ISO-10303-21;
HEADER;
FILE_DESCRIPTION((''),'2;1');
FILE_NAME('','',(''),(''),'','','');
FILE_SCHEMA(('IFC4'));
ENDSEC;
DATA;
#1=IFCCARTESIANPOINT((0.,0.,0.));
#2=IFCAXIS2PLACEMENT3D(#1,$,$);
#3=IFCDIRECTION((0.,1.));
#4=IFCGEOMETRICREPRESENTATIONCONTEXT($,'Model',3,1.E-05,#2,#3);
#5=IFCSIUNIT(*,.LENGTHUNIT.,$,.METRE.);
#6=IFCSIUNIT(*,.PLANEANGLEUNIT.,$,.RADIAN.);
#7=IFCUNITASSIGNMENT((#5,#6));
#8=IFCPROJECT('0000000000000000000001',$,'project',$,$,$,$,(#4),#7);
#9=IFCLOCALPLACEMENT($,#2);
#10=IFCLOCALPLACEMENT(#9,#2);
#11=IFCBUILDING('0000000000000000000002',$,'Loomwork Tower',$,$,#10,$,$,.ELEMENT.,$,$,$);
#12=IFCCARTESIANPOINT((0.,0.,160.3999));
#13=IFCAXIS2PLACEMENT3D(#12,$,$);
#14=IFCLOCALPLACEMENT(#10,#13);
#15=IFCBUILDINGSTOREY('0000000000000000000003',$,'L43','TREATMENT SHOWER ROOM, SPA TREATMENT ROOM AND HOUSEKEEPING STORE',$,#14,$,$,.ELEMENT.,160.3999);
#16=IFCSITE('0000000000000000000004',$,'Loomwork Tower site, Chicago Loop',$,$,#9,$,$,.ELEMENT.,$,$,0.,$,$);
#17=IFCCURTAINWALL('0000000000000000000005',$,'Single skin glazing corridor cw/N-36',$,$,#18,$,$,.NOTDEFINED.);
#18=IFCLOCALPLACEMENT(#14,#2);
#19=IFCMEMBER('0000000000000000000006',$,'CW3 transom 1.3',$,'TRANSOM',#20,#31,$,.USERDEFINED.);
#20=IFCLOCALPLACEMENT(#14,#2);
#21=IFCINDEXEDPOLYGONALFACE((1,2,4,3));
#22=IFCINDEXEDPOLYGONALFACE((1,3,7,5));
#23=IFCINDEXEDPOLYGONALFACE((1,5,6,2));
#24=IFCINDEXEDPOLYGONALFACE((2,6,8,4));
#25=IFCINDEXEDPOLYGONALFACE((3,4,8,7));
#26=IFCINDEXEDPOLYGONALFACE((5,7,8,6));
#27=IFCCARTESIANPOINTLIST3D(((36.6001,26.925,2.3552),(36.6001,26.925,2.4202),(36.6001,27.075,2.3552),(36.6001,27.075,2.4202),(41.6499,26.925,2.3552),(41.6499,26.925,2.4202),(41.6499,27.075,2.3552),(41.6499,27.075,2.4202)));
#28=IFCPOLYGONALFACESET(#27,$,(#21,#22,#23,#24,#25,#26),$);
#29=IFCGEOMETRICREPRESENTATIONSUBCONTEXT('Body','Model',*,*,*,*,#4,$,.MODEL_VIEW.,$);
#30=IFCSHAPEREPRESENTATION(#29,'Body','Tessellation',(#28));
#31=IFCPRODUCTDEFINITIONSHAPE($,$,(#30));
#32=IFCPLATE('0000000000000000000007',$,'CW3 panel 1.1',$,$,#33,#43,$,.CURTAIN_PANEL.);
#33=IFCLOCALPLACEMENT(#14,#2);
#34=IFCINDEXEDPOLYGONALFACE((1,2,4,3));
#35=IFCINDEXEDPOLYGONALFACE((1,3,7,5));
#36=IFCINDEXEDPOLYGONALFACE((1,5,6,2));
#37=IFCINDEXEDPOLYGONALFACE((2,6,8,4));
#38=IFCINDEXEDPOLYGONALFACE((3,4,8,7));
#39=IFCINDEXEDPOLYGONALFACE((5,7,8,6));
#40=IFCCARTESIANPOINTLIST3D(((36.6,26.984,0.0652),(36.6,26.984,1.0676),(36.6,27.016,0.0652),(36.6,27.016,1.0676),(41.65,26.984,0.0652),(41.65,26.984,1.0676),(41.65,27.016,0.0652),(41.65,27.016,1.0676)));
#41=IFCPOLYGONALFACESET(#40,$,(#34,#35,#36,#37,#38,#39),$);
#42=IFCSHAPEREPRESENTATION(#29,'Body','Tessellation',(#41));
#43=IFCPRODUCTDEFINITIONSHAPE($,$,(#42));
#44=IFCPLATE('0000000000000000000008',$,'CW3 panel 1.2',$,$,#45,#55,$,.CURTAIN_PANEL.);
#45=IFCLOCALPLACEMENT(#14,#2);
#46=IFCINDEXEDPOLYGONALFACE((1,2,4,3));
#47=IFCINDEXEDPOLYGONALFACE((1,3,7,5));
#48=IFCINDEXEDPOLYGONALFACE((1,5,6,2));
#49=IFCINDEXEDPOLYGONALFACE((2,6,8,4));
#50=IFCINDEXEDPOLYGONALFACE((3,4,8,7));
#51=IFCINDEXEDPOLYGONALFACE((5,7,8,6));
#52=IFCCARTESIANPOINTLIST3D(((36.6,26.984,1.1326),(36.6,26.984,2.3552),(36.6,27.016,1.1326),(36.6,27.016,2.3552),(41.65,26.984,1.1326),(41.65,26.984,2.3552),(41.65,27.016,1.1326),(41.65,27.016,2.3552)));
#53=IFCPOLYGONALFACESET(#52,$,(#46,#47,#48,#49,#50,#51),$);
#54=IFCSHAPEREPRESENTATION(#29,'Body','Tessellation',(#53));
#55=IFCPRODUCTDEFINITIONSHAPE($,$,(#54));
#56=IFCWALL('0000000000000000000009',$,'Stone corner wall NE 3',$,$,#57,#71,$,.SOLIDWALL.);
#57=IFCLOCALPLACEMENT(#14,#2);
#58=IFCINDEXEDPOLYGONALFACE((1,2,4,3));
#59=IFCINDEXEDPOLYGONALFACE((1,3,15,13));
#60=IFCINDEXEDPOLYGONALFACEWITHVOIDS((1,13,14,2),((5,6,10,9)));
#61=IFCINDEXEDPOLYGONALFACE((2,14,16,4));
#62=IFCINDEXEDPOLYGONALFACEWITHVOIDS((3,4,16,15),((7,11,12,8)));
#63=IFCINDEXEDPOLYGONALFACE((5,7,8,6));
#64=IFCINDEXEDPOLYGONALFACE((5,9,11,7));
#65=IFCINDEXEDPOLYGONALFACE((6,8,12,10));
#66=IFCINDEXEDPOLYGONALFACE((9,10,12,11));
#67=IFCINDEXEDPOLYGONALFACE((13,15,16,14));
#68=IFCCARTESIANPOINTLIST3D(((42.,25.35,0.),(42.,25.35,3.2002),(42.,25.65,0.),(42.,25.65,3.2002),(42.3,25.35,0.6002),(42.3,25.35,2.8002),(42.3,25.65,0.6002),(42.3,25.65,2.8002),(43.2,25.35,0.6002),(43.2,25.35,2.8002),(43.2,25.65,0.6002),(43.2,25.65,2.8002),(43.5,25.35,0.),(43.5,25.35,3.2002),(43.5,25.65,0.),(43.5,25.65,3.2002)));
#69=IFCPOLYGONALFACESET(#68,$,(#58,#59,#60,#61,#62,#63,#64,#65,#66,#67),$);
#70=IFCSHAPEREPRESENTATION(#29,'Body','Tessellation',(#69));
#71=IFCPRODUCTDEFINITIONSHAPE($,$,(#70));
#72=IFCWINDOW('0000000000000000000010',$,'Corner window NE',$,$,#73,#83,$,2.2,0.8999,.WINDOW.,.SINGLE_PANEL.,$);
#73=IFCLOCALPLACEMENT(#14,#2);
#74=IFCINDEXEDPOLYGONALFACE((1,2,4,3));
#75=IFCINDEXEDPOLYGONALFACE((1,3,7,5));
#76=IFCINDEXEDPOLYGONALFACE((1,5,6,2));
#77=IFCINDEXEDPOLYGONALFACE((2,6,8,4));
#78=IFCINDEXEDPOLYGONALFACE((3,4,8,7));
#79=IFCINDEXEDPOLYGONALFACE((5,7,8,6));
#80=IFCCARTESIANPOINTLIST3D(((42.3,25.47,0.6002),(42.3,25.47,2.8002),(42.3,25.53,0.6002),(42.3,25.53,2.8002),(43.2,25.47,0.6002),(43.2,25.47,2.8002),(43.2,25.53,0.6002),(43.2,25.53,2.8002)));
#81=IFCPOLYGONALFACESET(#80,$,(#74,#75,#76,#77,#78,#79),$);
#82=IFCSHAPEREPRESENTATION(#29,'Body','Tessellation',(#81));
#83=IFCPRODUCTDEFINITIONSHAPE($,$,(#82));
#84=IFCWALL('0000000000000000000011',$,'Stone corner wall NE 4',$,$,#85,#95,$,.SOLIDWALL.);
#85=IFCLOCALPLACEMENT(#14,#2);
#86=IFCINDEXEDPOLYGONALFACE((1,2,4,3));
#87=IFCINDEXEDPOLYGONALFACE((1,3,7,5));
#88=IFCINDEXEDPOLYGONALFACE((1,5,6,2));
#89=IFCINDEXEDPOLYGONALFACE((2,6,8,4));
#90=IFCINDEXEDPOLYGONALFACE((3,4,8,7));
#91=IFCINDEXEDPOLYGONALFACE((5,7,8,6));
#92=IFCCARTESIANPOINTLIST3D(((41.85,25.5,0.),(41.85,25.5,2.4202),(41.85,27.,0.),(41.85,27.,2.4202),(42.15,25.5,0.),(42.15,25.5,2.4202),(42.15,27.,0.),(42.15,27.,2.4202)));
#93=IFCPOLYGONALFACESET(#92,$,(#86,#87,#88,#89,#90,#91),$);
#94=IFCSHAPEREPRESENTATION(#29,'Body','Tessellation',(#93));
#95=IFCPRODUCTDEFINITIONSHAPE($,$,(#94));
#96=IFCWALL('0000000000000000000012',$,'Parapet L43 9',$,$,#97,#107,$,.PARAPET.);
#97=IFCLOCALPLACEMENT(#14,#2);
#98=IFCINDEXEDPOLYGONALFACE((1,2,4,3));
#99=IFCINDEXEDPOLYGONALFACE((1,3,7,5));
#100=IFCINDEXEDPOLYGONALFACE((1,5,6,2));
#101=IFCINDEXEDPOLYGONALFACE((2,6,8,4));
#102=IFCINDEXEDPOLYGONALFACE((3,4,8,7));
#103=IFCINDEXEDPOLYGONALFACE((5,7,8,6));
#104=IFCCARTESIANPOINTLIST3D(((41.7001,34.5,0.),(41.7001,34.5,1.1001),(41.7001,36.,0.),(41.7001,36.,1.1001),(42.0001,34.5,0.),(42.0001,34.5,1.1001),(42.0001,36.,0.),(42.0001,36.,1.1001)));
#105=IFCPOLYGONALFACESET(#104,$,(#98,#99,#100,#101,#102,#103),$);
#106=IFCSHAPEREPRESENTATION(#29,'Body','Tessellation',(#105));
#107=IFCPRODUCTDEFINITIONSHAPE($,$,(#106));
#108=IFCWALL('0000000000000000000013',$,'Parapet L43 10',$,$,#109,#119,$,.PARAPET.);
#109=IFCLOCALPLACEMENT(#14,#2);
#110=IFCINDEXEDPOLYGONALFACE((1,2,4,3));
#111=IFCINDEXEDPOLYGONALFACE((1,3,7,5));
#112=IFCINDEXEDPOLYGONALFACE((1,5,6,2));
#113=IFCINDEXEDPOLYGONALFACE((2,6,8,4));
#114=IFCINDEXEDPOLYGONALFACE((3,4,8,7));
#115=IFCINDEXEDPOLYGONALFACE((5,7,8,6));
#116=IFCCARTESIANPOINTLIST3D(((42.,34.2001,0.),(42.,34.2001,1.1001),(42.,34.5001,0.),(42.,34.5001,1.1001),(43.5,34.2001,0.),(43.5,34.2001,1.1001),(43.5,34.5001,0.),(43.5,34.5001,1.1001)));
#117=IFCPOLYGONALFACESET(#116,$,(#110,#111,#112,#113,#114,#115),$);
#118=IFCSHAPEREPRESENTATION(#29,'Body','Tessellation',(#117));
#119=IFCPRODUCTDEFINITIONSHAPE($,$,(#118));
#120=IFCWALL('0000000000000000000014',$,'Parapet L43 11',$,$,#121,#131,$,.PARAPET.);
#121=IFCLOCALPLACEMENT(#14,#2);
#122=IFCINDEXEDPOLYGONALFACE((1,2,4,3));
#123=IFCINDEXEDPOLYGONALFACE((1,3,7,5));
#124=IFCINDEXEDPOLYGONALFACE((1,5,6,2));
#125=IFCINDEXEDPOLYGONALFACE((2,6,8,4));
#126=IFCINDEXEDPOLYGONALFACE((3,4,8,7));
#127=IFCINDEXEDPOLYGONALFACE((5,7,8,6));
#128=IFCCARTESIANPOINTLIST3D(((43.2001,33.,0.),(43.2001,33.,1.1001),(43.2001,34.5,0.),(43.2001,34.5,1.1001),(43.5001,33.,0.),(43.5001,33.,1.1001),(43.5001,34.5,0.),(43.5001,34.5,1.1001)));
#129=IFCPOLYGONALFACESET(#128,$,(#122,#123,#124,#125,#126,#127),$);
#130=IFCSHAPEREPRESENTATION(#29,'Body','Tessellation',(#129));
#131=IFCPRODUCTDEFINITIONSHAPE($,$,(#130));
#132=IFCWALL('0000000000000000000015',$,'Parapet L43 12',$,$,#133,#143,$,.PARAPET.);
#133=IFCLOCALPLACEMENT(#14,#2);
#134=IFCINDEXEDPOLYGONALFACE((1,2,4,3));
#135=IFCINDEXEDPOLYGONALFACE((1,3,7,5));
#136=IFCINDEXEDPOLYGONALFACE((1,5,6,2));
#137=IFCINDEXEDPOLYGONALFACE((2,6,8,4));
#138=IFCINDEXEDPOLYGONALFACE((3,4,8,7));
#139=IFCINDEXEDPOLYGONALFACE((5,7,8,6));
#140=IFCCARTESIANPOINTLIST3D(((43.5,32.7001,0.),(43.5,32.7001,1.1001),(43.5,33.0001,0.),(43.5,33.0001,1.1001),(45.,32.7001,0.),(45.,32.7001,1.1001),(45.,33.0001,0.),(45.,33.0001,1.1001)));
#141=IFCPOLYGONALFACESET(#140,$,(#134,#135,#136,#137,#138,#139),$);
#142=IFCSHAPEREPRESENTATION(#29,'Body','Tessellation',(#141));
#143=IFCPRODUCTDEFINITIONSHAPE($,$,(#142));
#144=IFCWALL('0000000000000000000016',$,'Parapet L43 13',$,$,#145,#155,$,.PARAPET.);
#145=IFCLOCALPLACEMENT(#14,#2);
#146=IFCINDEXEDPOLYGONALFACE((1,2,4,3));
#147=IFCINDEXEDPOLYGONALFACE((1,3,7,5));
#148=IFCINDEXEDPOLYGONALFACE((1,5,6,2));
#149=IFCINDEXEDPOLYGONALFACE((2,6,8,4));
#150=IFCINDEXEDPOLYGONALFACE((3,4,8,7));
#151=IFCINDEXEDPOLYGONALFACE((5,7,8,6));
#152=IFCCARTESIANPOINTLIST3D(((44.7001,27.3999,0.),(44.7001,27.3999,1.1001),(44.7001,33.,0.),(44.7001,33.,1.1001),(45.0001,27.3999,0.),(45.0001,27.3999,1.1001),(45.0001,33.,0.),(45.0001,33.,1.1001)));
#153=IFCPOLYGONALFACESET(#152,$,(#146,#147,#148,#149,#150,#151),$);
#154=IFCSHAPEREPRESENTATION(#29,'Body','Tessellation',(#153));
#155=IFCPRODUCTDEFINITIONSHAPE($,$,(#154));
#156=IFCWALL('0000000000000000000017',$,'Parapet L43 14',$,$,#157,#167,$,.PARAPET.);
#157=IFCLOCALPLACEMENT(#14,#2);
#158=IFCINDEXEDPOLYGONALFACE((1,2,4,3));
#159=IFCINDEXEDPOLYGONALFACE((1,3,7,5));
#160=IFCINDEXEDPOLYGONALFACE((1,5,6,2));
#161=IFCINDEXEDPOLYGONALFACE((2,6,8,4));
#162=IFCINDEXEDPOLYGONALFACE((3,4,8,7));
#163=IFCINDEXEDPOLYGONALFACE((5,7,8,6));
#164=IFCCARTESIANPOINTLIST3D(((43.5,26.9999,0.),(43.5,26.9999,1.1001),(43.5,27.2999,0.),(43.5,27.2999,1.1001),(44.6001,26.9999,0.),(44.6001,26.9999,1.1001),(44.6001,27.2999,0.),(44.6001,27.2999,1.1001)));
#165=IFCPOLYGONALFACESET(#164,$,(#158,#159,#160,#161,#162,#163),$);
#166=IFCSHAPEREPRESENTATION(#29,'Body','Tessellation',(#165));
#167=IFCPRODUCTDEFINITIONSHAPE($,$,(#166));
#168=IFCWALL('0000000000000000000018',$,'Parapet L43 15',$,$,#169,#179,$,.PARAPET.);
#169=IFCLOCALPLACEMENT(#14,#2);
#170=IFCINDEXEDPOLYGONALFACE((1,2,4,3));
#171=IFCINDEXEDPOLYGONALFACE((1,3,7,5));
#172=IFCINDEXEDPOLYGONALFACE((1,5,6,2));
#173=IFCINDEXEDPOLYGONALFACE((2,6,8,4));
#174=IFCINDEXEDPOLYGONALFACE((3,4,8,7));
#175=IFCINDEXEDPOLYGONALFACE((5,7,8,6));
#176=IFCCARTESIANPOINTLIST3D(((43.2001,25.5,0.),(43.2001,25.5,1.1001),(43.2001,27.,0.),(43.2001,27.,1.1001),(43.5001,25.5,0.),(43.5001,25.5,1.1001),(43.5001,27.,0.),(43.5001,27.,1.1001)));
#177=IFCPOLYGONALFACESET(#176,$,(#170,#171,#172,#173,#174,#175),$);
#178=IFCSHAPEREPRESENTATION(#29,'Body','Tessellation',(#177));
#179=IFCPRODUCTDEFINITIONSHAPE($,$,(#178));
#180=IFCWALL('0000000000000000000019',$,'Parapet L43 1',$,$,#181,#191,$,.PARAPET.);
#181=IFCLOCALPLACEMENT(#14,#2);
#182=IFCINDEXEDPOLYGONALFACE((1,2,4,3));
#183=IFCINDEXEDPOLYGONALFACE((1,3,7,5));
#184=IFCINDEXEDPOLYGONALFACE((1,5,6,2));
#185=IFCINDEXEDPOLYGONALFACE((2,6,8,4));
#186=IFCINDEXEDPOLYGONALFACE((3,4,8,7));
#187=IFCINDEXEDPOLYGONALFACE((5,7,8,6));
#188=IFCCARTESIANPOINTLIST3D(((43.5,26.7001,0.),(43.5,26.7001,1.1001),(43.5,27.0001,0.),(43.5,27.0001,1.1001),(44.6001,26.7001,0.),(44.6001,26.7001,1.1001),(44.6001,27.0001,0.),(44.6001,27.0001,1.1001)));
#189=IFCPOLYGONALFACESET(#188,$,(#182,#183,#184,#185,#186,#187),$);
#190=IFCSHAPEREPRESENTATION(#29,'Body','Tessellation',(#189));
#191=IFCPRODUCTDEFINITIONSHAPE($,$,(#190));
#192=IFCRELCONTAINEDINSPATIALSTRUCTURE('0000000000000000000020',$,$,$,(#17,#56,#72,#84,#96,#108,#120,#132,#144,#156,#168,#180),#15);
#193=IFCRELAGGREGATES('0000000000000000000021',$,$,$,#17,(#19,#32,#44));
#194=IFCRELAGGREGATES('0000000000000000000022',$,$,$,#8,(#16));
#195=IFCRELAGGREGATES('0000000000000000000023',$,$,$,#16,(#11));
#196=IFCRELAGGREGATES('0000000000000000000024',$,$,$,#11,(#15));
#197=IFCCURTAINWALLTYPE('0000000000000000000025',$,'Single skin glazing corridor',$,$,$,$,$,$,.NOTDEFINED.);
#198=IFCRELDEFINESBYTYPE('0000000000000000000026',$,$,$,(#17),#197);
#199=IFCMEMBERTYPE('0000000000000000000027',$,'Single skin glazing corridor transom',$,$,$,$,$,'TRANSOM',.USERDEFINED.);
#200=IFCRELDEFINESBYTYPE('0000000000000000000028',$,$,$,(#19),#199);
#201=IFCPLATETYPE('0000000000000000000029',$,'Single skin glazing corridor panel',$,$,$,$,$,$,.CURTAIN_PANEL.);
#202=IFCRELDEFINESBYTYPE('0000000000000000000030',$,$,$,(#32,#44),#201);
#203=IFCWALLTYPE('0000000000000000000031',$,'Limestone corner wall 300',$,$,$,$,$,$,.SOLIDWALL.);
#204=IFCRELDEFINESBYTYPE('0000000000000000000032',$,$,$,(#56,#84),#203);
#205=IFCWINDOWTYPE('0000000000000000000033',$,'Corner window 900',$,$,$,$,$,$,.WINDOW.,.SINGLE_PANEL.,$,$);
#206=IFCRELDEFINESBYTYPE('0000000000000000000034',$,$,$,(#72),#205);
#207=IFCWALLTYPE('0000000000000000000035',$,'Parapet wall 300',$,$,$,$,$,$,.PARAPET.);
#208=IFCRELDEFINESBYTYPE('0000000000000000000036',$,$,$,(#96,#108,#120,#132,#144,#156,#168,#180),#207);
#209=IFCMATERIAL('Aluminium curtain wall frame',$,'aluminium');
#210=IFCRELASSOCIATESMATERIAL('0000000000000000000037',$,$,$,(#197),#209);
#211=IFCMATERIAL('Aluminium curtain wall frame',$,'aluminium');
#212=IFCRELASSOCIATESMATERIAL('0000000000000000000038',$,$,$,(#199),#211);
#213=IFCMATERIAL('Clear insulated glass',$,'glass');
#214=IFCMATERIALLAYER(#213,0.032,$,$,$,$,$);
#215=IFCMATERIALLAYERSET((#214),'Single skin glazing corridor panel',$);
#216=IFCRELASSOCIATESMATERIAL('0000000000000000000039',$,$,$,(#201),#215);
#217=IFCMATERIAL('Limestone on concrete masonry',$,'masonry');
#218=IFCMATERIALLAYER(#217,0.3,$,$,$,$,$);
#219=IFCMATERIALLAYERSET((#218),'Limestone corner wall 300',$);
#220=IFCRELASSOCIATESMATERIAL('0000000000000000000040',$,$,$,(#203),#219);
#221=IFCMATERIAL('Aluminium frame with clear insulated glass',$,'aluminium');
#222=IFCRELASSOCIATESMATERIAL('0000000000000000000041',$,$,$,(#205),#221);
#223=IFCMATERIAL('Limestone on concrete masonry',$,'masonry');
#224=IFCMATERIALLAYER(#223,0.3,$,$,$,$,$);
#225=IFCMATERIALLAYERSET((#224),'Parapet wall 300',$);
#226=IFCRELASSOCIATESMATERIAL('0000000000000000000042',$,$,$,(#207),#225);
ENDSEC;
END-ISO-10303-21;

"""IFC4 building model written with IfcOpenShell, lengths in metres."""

from ifc_helpers import new_model, si_unit, direction, frame, frame_2d, origin, origin_2d, place, context, subcontext, project, spatial, rectangle, extrude, material, layer, layer_set, material_profile, profile_set, type_object, element, fill, aggregate, save


model = new_model("IFC4")

# Units and contexts
model_context = context("Model", 3, precision=1e-05, world=origin(), true_north=direction((0.0, 1.0)))
body_context = subcontext(model_context, "Body", "Model", "MODEL_VIEW")
ifc_project = project(units=[si_unit("LENGTHUNIT", "METRE"), si_unit("PLANEANGLEUNIT", "RADIAN")], contexts=[model_context])

# Site, building, storey
site_placement = place(None, origin())
site = spatial("IfcSite", under=ifc_project, at=site_placement, Name="Loomwork Tower site, Chicago Loop", CompositionType="ELEMENT", RefElevation=0.0)
building_placement = place(site_placement, origin())
building = spatial("IfcBuilding", under=site, at=building_placement, Name="Loomwork Tower", CompositionType="ELEMENT")
storey_placement = place(building_placement, frame((0.0, 0.0, 160.3999)))
storey = spatial("IfcBuildingStorey", under=building, at=storey_placement, Name="L43", Description="TREATMENT SHOWER ROOM, SPA TREATMENT ROOM AND HOUSEKEEPING STORE", CompositionType="ELEMENT", Elevation=160.3999)

# Curtain wall, member, plates
ifc_material_1 = material(Name="Aluminium curtain wall frame", Category="aluminium")
curtain_wall_type = type_object("IfcCurtainWallType", Name="Single skin glazing corridor", PredefinedType="NOTDEFINED", material=ifc_material_1)
curtain_wall_placement = place(storey_placement, origin())
curtain_wall = element("IfcCurtainWall", 1, at=curtain_wall_placement, inside=storey, type_object=curtain_wall_type, Name="Single skin glazing corridor cw/N-36", PredefinedType="NOTDEFINED")
ifc_material_2 = material(Name="Aluminium curtain wall frame", Category="aluminium")
ifc_material_profile_1 = material_profile(ifc_material_2, rectangle(XDim=0.1499, YDim=0.0649, at=origin_2d()), Name="AL 65x150")
ifc_profile_set_1 = profile_set([ifc_material_profile_1], Name="Aluminium curtain wall frame")
member_type_1 = type_object("IfcMemberType", Name="Single skin glazing corridor transom", ElementType="TRANSOM", PredefinedType="USERDEFINED", material=ifc_profile_set_1)
member_1_placement = place(storey_placement, frame((41.6499, 27.0, 2.3877), z_axis=(-1.0, 0.0, 0.0), x_axis=(0.0, -1.0, 0.0)))
member_1 = element("IfcMember", 2, at=member_1_placement, type_object=member_type_1, Name="CW3 transom 1.3", ObjectType="TRANSOM", PredefinedType="USERDEFINED", context=body_context, shape_type="SweptSolid", body=[
    extrude(rectangle(XDim=0.1499, YDim=0.0649, at=origin_2d()), origin(), (0.0, 0.0, 1.0), 5.0498),
])
ifc_material_3 = material(Name="Clear insulated glass", Category="glass")
ifc_layer_1 = layer(ifc_material_3, 0.032)
ifc_layer_set_1 = layer_set([ifc_layer_1], Name="Single skin glazing corridor panel")
plate_type = type_object("IfcPlateType", Name="Single skin glazing corridor panel", PredefinedType="CURTAIN_PANEL", material=ifc_layer_set_1)
plate_1_placement = place(storey_placement, frame((39.125, 27.0, 0.0652), z_axis=(0.0, 0.0, 1.0), x_axis=(-1.0, 0.0, 0.0)))
plate_1 = element("IfcPlate", 3, at=plate_1_placement, type_object=plate_type, Name="CW3 panel 1.1", PredefinedType="CURTAIN_PANEL", context=body_context, shape_type="SweptSolid", body=[
    extrude(rectangle(XDim=5.05, YDim=0.032, at=origin_2d()), origin(), (0.0, 0.0, 1.0), 1.0024),
])
plate_2_placement = place(storey_placement, frame((39.125, 27.0, 1.1326), z_axis=(0.0, 0.0, 1.0), x_axis=(-1.0, 0.0, 0.0)))
plate_2 = element("IfcPlate", 4, at=plate_2_placement, type_object=plate_type, Name="CW3 panel 1.2", PredefinedType="CURTAIN_PANEL", context=body_context, shape_type="SweptSolid", body=[
    extrude(rectangle(XDim=5.05, YDim=0.032, at=origin_2d()), origin(), (0.0, 0.0, 1.0), 1.2227),
])
aggregate(curtain_wall, [member_1, plate_1, plate_2])

# Wall, opening, window
ifc_material_4 = material(Name="Limestone on concrete masonry", Category="masonry")
ifc_layer_2 = layer(ifc_material_4, 0.3)
ifc_layer_set_2 = layer_set([ifc_layer_2], Name="Limestone corner wall 300")
wall_type_1 = type_object("IfcWallType", Name="Limestone corner wall 300", PredefinedType="SOLIDWALL", material=ifc_layer_set_2)
wall_1_placement = place(storey_placement, frame((43.5, 25.5, 0.0), z_axis=(0.0, 0.0, 1.0), x_axis=(-1.0, 0.0, 0.0)))
wall_1 = element("IfcWall", 5, at=wall_1_placement, inside=storey, type_object=wall_type_1, Name="Stone corner wall NE 3", PredefinedType="SOLIDWALL", context=body_context, shape_type="SweptSolid", body=[
    extrude(rectangle(XDim=1.5, YDim=0.3, at=frame_2d((0.75, 0.0))), origin(), (0.0, 0.0, 1.0), 3.2002),
])
opening_placement = place(wall_1_placement, frame((0.3, 0.0, 0.6001)))
opening = element("IfcOpeningElement", 6, at=opening_placement, cuts=wall_1, PredefinedType="OPENING", context=body_context, shape_type="SweptSolid", body=[
    extrude(rectangle(XDim=0.8999, YDim=2.2, at=frame_2d((0.45, 1.1001))), frame((0.0, 0.1599, 0.0), z_axis=(0.0, -1.0, 0.0), x_axis=(1.0, 0.0, 0.0)), (0.0, 0.0, 1.0), 0.3201),
])
ifc_material_5 = material(Name="Aluminium frame with clear insulated glass", Category="aluminium")
window_type = type_object("IfcWindowType", Name="Corner window 900", PartitioningType="SINGLE_PANEL", PredefinedType="WINDOW", material=ifc_material_5)
window_placement = place(opening_placement, origin())
window = element("IfcWindow", 7, at=window_placement, inside=storey, type_object=window_type, Name="Corner window NE", OverallHeight=2.2, OverallWidth=0.8999, PartitioningType="SINGLE_PANEL", PredefinedType="WINDOW", context=body_context, shape_type="SweptSolid", body=[
    extrude(rectangle(XDim=0.8999, YDim=2.2, at=frame_2d((0.45, 1.1001))), frame((0.0, 0.03, 0.0), z_axis=(0.0, -1.0, 0.0), x_axis=(1.0, 0.0, 0.0)), (0.0, 0.0, 1.0), 0.0601),
])
fill(opening, window)

# Walls
wall_2_placement = place(storey_placement, frame((42.0, 25.5, 0.0), z_axis=(0.0, 0.0, 1.0), x_axis=(0.0, 1.0, 0.0)))
element("IfcWall", 8, at=wall_2_placement, inside=storey, type_object=wall_type_1, Name="Stone corner wall NE 4", PredefinedType="SOLIDWALL", context=body_context, shape_type="SweptSolid", body=[
    extrude(rectangle(XDim=1.5, YDim=0.3, at=frame_2d((0.75, 0.0))), origin(), (0.0, 0.0, 1.0), 2.4202),
])
ifc_material_6 = material(Name="Limestone on concrete masonry", Category="masonry")
ifc_layer_3 = layer(ifc_material_6, 0.3)
ifc_layer_set_3 = layer_set([ifc_layer_3], Name="Parapet wall 300")
wall_type_2 = type_object("IfcWallType", Name="Parapet wall 300", PredefinedType="PARAPET", material=ifc_layer_set_3)
for number, where, z_axis, x_axis, name in (
    (9, (41.8501, 36.0, 0.0), (0.0, 0.0, 1.0), (0.0, -1.0, 0.0), "Parapet L43 9"),
    (10, (42.0, 34.3501, 0.0), (0.0, 0.0, 1.0), (1.0, 0.0, 0.0), "Parapet L43 10"),
    (11, (43.3501, 34.5, 0.0), (0.0, 0.0, 1.0), (0.0, -1.0, 0.0), "Parapet L43 11"),
    (12, (43.5, 32.8501, 0.0), (0.0, 0.0, 1.0), (1.0, 0.0, 0.0), "Parapet L43 12"),
):
    element("IfcWall", number, at=place(storey_placement, frame(where, z_axis=z_axis, x_axis=x_axis)), inside=storey, type_object=wall_type_2, Name=name, PredefinedType="PARAPET", context=body_context, shape_type="SweptSolid", body=[
        extrude(rectangle(XDim=1.5, YDim=0.3, at=frame_2d((0.75, 0.0))), origin(), (0.0, 0.0, 1.0), 1.1001),
    ])
wall_3_placement = place(storey_placement, frame((44.8501, 33.0, 0.0), z_axis=(0.0, 0.0, 1.0), x_axis=(0.0, -1.0, 0.0)))
element("IfcWall", 13, at=wall_3_placement, inside=storey, type_object=wall_type_2, Name="Parapet L43 13", PredefinedType="PARAPET", context=body_context, shape_type="SweptSolid", body=[
    extrude(rectangle(XDim=5.6001, YDim=0.3, at=frame_2d((2.8, 0.0))), origin(), (0.0, 0.0, 1.0), 1.1001),
])
wall_4_placement = place(storey_placement, frame((44.6001, 27.1499, 0.0), z_axis=(0.0, 0.0, 1.0), x_axis=(-1.0, 0.0, 0.0)))
element("IfcWall", 14, at=wall_4_placement, inside=storey, type_object=wall_type_2, Name="Parapet L43 14", PredefinedType="PARAPET", context=body_context, shape_type="SweptSolid", body=[
    extrude(rectangle(XDim=1.1001, YDim=0.3, at=frame_2d((0.55, 0.0))), origin(), (0.0, 0.0, 1.0), 1.1001),
])
wall_5_placement = place(storey_placement, frame((43.3501, 27.0, 0.0), z_axis=(0.0, 0.0, 1.0), x_axis=(0.0, -1.0, 0.0)))
element("IfcWall", 15, at=wall_5_placement, inside=storey, type_object=wall_type_2, Name="Parapet L43 15", PredefinedType="PARAPET", context=body_context, shape_type="SweptSolid", body=[
    extrude(rectangle(XDim=1.5, YDim=0.3, at=frame_2d((0.75, 0.0))), origin(), (0.0, 0.0, 1.0), 1.1001),
])
wall_6_placement = place(storey_placement, frame((43.5, 26.8501, 0.0), z_axis=(0.0, 0.0, 1.0), x_axis=(1.0, 0.0, 0.0)))
element("IfcWall", 16, at=wall_6_placement, inside=storey, type_object=wall_type_2, Name="Parapet L43 1", PredefinedType="PARAPET", context=body_context, shape_type="SweptSolid", body=[
    extrude(rectangle(XDim=1.1001, YDim=0.3, at=frame_2d((0.55, 0.0))), origin(), (0.0, 0.0, 1.0), 1.1001),
])

save(model, "model.ifc")
